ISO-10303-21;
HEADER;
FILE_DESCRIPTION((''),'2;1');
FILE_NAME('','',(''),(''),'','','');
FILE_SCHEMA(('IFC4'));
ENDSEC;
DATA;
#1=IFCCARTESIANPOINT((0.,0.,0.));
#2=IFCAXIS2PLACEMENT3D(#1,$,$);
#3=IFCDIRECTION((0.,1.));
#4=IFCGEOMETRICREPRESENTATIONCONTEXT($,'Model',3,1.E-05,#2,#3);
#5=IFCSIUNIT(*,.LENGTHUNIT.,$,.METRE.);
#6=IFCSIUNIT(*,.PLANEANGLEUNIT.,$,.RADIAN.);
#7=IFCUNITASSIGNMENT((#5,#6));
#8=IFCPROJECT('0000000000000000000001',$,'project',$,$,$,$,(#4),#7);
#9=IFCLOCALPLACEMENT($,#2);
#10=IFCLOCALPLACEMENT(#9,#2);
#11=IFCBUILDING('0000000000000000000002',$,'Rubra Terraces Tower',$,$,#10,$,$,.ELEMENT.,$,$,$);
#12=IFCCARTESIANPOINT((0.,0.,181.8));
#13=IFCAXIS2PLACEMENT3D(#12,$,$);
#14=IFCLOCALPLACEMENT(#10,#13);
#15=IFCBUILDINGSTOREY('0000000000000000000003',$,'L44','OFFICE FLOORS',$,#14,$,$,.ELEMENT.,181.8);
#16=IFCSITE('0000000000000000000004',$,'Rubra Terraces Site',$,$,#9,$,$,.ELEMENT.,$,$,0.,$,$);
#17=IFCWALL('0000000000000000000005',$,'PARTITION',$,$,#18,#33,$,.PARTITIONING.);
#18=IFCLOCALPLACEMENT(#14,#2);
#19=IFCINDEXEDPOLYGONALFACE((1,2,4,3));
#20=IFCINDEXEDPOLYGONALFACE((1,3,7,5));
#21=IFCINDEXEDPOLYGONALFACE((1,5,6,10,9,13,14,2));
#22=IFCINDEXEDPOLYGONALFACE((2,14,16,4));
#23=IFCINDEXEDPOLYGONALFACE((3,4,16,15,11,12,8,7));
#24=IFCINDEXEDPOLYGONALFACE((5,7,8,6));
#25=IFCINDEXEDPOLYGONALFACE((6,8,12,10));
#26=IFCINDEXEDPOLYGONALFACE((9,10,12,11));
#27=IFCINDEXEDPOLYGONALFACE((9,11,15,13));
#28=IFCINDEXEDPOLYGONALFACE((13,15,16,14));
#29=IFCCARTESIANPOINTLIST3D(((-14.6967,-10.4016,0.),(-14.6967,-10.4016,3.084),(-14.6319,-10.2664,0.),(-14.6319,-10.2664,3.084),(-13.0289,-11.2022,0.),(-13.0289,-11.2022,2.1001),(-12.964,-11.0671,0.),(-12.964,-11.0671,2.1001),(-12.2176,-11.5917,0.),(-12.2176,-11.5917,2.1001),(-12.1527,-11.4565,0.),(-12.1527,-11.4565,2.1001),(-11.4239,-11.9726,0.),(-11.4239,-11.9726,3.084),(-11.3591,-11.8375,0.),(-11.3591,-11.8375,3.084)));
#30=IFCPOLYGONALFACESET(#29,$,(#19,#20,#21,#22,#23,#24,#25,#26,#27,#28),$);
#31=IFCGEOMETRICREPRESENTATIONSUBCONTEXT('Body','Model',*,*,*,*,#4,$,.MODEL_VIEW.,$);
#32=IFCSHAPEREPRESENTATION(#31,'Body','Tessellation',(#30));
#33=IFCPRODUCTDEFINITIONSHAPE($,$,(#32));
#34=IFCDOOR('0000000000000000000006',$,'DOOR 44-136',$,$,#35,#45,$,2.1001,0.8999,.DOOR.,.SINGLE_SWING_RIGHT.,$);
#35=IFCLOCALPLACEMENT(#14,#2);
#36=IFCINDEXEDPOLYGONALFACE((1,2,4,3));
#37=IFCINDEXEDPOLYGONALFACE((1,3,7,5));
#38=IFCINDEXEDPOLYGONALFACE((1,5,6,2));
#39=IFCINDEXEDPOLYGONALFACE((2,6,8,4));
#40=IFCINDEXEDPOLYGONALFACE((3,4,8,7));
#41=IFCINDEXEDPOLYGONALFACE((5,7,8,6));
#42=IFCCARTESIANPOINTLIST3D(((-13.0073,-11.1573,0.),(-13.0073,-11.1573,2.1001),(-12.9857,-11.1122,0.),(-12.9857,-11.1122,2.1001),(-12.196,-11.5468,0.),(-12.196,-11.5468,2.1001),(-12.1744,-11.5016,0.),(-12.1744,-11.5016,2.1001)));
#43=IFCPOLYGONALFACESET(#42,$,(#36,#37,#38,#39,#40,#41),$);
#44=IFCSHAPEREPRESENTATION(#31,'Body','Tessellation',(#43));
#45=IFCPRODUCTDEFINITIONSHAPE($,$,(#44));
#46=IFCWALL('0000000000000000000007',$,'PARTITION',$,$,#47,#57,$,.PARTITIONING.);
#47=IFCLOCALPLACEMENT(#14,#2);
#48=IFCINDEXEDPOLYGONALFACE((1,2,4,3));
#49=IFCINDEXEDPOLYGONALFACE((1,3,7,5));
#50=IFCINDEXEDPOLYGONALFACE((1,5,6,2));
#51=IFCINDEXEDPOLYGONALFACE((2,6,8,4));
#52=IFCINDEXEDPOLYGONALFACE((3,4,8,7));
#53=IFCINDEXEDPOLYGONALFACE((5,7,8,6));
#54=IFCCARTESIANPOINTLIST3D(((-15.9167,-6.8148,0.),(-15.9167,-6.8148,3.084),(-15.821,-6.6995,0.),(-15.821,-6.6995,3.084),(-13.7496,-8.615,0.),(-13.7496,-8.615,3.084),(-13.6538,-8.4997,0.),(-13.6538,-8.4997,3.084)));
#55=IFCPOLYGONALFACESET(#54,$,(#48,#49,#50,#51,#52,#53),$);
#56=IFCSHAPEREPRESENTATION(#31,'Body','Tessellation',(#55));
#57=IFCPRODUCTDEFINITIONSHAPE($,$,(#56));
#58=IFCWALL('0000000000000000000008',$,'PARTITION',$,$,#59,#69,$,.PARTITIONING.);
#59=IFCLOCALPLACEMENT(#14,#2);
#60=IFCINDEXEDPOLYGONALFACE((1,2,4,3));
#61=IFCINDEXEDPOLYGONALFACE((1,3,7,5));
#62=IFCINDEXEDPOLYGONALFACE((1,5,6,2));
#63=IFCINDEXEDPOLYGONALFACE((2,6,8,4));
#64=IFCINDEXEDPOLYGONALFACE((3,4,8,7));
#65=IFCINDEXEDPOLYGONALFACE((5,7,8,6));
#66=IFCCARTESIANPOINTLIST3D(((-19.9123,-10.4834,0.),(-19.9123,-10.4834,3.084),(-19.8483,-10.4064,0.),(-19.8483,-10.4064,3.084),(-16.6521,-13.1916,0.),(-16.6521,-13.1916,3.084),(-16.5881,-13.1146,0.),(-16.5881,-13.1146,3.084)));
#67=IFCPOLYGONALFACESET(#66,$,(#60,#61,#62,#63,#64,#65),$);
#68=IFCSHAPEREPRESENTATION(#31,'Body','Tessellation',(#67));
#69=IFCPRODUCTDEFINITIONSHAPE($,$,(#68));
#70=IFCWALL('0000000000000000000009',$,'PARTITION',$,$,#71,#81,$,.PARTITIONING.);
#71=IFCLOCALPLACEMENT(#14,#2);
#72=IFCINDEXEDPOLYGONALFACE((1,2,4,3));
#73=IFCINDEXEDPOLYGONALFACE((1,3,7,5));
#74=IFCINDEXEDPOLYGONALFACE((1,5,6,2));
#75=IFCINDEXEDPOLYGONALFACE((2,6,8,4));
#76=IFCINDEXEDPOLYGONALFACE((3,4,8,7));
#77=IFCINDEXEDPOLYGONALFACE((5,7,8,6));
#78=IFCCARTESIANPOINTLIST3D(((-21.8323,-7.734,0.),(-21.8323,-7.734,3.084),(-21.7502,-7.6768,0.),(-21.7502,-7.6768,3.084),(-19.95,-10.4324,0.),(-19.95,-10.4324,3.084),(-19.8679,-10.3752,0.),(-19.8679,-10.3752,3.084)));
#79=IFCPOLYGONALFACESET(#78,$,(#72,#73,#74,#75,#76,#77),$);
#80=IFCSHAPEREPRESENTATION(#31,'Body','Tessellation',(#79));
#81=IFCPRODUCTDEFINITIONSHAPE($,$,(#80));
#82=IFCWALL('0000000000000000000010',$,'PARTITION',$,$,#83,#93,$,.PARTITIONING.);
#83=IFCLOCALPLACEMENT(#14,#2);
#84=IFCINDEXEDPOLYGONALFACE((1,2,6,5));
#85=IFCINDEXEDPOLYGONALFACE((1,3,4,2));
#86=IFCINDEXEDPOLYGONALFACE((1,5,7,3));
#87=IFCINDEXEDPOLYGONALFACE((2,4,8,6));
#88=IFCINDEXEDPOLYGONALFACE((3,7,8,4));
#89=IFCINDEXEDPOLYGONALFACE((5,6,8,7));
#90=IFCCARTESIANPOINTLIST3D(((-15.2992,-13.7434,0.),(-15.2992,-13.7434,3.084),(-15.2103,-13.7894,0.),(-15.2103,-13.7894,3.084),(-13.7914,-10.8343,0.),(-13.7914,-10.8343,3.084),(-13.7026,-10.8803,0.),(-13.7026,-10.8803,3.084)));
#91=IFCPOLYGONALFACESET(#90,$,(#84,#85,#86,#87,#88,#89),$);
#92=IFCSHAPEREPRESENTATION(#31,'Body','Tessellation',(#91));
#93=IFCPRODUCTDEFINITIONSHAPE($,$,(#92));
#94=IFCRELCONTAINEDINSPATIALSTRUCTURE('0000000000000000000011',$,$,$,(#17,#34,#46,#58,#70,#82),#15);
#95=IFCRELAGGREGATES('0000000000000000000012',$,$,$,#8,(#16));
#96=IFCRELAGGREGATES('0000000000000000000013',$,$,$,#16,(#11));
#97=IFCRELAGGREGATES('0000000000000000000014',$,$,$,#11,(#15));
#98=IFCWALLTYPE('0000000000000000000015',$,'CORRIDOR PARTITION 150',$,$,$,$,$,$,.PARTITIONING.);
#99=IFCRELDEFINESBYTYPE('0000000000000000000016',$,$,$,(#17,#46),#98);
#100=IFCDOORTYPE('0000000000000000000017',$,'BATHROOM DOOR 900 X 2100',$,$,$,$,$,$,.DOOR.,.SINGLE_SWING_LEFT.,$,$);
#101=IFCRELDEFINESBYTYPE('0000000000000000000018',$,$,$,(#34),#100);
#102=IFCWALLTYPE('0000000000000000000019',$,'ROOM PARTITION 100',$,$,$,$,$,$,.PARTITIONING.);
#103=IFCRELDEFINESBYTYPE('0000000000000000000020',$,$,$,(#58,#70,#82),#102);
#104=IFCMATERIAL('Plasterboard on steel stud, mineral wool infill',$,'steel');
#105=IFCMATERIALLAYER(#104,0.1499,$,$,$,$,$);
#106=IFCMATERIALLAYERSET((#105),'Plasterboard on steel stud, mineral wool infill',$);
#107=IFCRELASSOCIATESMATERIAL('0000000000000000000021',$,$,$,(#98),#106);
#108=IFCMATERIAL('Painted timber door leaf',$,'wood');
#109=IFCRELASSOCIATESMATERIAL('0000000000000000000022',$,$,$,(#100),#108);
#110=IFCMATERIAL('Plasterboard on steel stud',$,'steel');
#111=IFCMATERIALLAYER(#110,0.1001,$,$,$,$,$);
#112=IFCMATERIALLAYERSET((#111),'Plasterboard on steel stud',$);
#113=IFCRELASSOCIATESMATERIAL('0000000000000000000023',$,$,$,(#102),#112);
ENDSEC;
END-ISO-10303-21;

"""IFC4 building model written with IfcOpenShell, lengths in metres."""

from ifc_helpers import new_model, si_unit, direction, frame, frame_2d, origin, place, context, subcontext, project, spatial, rectangle, extrude, material, layer, layer_set, type_object, element, fill, save


model = new_model("IFC4")

# Units and contexts
model_context = context("Model", 3, precision=1e-05, world=origin(), true_north=direction((0.0, 1.0)))
body_context = subcontext(model_context, "Body", "Model", "MODEL_VIEW")
ifc_project = project(units=[si_unit("LENGTHUNIT", "METRE"), si_unit("PLANEANGLEUNIT", "RADIAN")], contexts=[model_context])

# Site, building, storey
site_placement = place(None, origin())
site = spatial("IfcSite", under=ifc_project, at=site_placement, Name="Rubra Terraces Site", CompositionType="ELEMENT", RefElevation=0.0)
building_placement = place(site_placement, origin())
building = spatial("IfcBuilding", under=site, at=building_placement, Name="Rubra Terraces Tower", CompositionType="ELEMENT")
storey_placement = place(building_placement, frame((0.0, 0.0, 181.8)))
storey = spatial("IfcBuildingStorey", under=building, at=storey_placement, Name="L44", Description="OFFICE FLOORS", CompositionType="ELEMENT", Elevation=181.8)

# Wall, opening, door
ifc_material_1 = material(Name="Plasterboard on steel stud, mineral wool infill", Category="steel")
ifc_layer_1 = layer(ifc_material_1, 0.1499)
ifc_layer_set_1 = layer_set([ifc_layer_1], Name="Plasterboard on steel stud, mineral wool infill")
wall_type_1 = type_object("IfcWallType", Name="CORRIDOR PARTITION 150", PredefinedType="PARTITIONING", material=ifc_layer_set_1)
wall_1_placement = place(storey_placement, frame((-14.6643, -10.334, 0.0), z_axis=(0.0, 0.0, 1.0), x_axis=(0.901507, -0.432764, 0.0)))
wall_1 = element("IfcWall", 1, at=wall_1_placement, inside=storey, type_object=wall_type_1, Name="PARTITION", PredefinedType="PARTITIONING", context=body_context, shape_type="SweptSolid", body=[
    extrude(rectangle(XDim=3.6304, YDim=0.1499, at=frame_2d((1.8152, 0.0))), origin(), (0.0, 0.0, 1.0), 3.084),
])
opening_1_placement = place(wall_1_placement, frame((1.8501, 0.0, 0.0)))
opening_1 = element("IfcOpeningElement", 2, at=opening_1_placement, cuts=wall_1, PredefinedType="OPENING", context=body_context, shape_type="SweptSolid", body=[
    extrude(rectangle(XDim=0.8999, YDim=2.1001, at=frame_2d((0.45, 1.05))), frame((0.0, 0.085, 0.0), z_axis=(0.0, -1.0, 0.0), x_axis=(1.0, 0.0, 0.0)), (0.0, 0.0, 1.0), 0.1699),
])
ifc_material_2 = material(Name="Painted timber door leaf", Category="wood")
door_type = type_object("IfcDoorType", Name="BATHROOM DOOR 900 X 2100", OperationType="SINGLE_SWING_LEFT", PredefinedType="DOOR", material=ifc_material_2)
door_placement = place(opening_1_placement, origin())
door = element("IfcDoor", 3, at=door_placement, inside=storey, type_object=door_type, Name="DOOR 44-136", OperationType="SINGLE_SWING_RIGHT", OverallHeight=2.1001, OverallWidth=0.8999, PredefinedType="DOOR", context=body_context, shape_type="SweptSolid", body=[
    extrude(rectangle(XDim=0.8999, YDim=2.1001, at=frame_2d((0.45, 1.05))), frame((0.0, 0.0249, 0.0), z_axis=(0.0, -1.0, 0.0), x_axis=(1.0, 0.0, 0.0)), (0.0, 0.0, 1.0), 0.05),
])
fill(opening_1, door)

# Walls
wall_2_placement = place(storey_placement, frame((-13.7017, -8.5574, 0.0), z_axis=(0.0, 0.0, 1.0), x_axis=(-0.769222, 0.638982, 0.0)))
element("IfcWall", 4, at=wall_2_placement, inside=storey, type_object=wall_type_1, Name="PARTITION", PredefinedType="PARTITIONING", context=body_context, shape_type="SweptSolid", body=[
    extrude(rectangle(XDim=2.8174, YDim=0.1499, at=frame_2d((1.4087, 0.0))), origin(), (0.0, 0.0, 1.0), 3.084),
])
ifc_material_3 = material(Name="Plasterboard on steel stud", Category="steel")
ifc_layer_2 = layer(ifc_material_3, 0.1001)
ifc_layer_set_2 = layer_set([ifc_layer_2], Name="Plasterboard on steel stud")
wall_type_2 = type_object("IfcWallType", Name="ROOM PARTITION 100", PredefinedType="PARTITIONING", material=ifc_layer_set_2)
wall_3_placement = place(storey_placement, frame((-16.6201, -13.1531, 0.0), z_axis=(0.0, 0.0, 1.0), x_axis=(-0.769221, 0.638982, 0.0)))
element("IfcWall", 5, at=wall_3_placement, inside=storey, type_object=wall_type_2, Name="PARTITION", PredefinedType="PARTITIONING", context=body_context, shape_type="SweptSolid", body=[
    extrude(rectangle(XDim=4.2383, YDim=0.1001, at=frame_2d((2.1191, 0.0))), origin(), (0.0, 0.0, 1.0), 3.084),
])
wall_4_placement = place(storey_placement, frame((-19.9089, -10.4038, 0.0), z_axis=(0.0, 0.0, 1.0), x_axis=(-0.572112, 0.820176, 0.0)))
element("IfcWall", 6, at=wall_4_placement, inside=storey, type_object=wall_type_2, Name="PARTITION", PredefinedType="PARTITIONING", context=body_context, shape_type="SweptSolid", body=[
    extrude(rectangle(XDim=3.29, YDim=0.1001, at=frame_2d((1.645, 0.0))), origin(), (0.0, 0.0, 1.0), 3.084),
])
wall_5_placement = place(storey_placement, frame((-13.7471, -10.8574, 0.0), z_axis=(0.0, 0.0, 1.0), x_axis=(-0.460161, -0.887836, 0.0)))
element("IfcWall", 7, at=wall_5_placement, inside=storey, type_object=wall_type_2, Name="PARTITION", PredefinedType="PARTITIONING", context=body_context, shape_type="SweptSolid", body=[
    extrude(rectangle(XDim=3.2766, YDim=0.1001, at=frame_2d((1.6382, 0.0))), origin(), (0.0, 0.0, 1.0), 3.084),
])

save(model, "model.ifc")
